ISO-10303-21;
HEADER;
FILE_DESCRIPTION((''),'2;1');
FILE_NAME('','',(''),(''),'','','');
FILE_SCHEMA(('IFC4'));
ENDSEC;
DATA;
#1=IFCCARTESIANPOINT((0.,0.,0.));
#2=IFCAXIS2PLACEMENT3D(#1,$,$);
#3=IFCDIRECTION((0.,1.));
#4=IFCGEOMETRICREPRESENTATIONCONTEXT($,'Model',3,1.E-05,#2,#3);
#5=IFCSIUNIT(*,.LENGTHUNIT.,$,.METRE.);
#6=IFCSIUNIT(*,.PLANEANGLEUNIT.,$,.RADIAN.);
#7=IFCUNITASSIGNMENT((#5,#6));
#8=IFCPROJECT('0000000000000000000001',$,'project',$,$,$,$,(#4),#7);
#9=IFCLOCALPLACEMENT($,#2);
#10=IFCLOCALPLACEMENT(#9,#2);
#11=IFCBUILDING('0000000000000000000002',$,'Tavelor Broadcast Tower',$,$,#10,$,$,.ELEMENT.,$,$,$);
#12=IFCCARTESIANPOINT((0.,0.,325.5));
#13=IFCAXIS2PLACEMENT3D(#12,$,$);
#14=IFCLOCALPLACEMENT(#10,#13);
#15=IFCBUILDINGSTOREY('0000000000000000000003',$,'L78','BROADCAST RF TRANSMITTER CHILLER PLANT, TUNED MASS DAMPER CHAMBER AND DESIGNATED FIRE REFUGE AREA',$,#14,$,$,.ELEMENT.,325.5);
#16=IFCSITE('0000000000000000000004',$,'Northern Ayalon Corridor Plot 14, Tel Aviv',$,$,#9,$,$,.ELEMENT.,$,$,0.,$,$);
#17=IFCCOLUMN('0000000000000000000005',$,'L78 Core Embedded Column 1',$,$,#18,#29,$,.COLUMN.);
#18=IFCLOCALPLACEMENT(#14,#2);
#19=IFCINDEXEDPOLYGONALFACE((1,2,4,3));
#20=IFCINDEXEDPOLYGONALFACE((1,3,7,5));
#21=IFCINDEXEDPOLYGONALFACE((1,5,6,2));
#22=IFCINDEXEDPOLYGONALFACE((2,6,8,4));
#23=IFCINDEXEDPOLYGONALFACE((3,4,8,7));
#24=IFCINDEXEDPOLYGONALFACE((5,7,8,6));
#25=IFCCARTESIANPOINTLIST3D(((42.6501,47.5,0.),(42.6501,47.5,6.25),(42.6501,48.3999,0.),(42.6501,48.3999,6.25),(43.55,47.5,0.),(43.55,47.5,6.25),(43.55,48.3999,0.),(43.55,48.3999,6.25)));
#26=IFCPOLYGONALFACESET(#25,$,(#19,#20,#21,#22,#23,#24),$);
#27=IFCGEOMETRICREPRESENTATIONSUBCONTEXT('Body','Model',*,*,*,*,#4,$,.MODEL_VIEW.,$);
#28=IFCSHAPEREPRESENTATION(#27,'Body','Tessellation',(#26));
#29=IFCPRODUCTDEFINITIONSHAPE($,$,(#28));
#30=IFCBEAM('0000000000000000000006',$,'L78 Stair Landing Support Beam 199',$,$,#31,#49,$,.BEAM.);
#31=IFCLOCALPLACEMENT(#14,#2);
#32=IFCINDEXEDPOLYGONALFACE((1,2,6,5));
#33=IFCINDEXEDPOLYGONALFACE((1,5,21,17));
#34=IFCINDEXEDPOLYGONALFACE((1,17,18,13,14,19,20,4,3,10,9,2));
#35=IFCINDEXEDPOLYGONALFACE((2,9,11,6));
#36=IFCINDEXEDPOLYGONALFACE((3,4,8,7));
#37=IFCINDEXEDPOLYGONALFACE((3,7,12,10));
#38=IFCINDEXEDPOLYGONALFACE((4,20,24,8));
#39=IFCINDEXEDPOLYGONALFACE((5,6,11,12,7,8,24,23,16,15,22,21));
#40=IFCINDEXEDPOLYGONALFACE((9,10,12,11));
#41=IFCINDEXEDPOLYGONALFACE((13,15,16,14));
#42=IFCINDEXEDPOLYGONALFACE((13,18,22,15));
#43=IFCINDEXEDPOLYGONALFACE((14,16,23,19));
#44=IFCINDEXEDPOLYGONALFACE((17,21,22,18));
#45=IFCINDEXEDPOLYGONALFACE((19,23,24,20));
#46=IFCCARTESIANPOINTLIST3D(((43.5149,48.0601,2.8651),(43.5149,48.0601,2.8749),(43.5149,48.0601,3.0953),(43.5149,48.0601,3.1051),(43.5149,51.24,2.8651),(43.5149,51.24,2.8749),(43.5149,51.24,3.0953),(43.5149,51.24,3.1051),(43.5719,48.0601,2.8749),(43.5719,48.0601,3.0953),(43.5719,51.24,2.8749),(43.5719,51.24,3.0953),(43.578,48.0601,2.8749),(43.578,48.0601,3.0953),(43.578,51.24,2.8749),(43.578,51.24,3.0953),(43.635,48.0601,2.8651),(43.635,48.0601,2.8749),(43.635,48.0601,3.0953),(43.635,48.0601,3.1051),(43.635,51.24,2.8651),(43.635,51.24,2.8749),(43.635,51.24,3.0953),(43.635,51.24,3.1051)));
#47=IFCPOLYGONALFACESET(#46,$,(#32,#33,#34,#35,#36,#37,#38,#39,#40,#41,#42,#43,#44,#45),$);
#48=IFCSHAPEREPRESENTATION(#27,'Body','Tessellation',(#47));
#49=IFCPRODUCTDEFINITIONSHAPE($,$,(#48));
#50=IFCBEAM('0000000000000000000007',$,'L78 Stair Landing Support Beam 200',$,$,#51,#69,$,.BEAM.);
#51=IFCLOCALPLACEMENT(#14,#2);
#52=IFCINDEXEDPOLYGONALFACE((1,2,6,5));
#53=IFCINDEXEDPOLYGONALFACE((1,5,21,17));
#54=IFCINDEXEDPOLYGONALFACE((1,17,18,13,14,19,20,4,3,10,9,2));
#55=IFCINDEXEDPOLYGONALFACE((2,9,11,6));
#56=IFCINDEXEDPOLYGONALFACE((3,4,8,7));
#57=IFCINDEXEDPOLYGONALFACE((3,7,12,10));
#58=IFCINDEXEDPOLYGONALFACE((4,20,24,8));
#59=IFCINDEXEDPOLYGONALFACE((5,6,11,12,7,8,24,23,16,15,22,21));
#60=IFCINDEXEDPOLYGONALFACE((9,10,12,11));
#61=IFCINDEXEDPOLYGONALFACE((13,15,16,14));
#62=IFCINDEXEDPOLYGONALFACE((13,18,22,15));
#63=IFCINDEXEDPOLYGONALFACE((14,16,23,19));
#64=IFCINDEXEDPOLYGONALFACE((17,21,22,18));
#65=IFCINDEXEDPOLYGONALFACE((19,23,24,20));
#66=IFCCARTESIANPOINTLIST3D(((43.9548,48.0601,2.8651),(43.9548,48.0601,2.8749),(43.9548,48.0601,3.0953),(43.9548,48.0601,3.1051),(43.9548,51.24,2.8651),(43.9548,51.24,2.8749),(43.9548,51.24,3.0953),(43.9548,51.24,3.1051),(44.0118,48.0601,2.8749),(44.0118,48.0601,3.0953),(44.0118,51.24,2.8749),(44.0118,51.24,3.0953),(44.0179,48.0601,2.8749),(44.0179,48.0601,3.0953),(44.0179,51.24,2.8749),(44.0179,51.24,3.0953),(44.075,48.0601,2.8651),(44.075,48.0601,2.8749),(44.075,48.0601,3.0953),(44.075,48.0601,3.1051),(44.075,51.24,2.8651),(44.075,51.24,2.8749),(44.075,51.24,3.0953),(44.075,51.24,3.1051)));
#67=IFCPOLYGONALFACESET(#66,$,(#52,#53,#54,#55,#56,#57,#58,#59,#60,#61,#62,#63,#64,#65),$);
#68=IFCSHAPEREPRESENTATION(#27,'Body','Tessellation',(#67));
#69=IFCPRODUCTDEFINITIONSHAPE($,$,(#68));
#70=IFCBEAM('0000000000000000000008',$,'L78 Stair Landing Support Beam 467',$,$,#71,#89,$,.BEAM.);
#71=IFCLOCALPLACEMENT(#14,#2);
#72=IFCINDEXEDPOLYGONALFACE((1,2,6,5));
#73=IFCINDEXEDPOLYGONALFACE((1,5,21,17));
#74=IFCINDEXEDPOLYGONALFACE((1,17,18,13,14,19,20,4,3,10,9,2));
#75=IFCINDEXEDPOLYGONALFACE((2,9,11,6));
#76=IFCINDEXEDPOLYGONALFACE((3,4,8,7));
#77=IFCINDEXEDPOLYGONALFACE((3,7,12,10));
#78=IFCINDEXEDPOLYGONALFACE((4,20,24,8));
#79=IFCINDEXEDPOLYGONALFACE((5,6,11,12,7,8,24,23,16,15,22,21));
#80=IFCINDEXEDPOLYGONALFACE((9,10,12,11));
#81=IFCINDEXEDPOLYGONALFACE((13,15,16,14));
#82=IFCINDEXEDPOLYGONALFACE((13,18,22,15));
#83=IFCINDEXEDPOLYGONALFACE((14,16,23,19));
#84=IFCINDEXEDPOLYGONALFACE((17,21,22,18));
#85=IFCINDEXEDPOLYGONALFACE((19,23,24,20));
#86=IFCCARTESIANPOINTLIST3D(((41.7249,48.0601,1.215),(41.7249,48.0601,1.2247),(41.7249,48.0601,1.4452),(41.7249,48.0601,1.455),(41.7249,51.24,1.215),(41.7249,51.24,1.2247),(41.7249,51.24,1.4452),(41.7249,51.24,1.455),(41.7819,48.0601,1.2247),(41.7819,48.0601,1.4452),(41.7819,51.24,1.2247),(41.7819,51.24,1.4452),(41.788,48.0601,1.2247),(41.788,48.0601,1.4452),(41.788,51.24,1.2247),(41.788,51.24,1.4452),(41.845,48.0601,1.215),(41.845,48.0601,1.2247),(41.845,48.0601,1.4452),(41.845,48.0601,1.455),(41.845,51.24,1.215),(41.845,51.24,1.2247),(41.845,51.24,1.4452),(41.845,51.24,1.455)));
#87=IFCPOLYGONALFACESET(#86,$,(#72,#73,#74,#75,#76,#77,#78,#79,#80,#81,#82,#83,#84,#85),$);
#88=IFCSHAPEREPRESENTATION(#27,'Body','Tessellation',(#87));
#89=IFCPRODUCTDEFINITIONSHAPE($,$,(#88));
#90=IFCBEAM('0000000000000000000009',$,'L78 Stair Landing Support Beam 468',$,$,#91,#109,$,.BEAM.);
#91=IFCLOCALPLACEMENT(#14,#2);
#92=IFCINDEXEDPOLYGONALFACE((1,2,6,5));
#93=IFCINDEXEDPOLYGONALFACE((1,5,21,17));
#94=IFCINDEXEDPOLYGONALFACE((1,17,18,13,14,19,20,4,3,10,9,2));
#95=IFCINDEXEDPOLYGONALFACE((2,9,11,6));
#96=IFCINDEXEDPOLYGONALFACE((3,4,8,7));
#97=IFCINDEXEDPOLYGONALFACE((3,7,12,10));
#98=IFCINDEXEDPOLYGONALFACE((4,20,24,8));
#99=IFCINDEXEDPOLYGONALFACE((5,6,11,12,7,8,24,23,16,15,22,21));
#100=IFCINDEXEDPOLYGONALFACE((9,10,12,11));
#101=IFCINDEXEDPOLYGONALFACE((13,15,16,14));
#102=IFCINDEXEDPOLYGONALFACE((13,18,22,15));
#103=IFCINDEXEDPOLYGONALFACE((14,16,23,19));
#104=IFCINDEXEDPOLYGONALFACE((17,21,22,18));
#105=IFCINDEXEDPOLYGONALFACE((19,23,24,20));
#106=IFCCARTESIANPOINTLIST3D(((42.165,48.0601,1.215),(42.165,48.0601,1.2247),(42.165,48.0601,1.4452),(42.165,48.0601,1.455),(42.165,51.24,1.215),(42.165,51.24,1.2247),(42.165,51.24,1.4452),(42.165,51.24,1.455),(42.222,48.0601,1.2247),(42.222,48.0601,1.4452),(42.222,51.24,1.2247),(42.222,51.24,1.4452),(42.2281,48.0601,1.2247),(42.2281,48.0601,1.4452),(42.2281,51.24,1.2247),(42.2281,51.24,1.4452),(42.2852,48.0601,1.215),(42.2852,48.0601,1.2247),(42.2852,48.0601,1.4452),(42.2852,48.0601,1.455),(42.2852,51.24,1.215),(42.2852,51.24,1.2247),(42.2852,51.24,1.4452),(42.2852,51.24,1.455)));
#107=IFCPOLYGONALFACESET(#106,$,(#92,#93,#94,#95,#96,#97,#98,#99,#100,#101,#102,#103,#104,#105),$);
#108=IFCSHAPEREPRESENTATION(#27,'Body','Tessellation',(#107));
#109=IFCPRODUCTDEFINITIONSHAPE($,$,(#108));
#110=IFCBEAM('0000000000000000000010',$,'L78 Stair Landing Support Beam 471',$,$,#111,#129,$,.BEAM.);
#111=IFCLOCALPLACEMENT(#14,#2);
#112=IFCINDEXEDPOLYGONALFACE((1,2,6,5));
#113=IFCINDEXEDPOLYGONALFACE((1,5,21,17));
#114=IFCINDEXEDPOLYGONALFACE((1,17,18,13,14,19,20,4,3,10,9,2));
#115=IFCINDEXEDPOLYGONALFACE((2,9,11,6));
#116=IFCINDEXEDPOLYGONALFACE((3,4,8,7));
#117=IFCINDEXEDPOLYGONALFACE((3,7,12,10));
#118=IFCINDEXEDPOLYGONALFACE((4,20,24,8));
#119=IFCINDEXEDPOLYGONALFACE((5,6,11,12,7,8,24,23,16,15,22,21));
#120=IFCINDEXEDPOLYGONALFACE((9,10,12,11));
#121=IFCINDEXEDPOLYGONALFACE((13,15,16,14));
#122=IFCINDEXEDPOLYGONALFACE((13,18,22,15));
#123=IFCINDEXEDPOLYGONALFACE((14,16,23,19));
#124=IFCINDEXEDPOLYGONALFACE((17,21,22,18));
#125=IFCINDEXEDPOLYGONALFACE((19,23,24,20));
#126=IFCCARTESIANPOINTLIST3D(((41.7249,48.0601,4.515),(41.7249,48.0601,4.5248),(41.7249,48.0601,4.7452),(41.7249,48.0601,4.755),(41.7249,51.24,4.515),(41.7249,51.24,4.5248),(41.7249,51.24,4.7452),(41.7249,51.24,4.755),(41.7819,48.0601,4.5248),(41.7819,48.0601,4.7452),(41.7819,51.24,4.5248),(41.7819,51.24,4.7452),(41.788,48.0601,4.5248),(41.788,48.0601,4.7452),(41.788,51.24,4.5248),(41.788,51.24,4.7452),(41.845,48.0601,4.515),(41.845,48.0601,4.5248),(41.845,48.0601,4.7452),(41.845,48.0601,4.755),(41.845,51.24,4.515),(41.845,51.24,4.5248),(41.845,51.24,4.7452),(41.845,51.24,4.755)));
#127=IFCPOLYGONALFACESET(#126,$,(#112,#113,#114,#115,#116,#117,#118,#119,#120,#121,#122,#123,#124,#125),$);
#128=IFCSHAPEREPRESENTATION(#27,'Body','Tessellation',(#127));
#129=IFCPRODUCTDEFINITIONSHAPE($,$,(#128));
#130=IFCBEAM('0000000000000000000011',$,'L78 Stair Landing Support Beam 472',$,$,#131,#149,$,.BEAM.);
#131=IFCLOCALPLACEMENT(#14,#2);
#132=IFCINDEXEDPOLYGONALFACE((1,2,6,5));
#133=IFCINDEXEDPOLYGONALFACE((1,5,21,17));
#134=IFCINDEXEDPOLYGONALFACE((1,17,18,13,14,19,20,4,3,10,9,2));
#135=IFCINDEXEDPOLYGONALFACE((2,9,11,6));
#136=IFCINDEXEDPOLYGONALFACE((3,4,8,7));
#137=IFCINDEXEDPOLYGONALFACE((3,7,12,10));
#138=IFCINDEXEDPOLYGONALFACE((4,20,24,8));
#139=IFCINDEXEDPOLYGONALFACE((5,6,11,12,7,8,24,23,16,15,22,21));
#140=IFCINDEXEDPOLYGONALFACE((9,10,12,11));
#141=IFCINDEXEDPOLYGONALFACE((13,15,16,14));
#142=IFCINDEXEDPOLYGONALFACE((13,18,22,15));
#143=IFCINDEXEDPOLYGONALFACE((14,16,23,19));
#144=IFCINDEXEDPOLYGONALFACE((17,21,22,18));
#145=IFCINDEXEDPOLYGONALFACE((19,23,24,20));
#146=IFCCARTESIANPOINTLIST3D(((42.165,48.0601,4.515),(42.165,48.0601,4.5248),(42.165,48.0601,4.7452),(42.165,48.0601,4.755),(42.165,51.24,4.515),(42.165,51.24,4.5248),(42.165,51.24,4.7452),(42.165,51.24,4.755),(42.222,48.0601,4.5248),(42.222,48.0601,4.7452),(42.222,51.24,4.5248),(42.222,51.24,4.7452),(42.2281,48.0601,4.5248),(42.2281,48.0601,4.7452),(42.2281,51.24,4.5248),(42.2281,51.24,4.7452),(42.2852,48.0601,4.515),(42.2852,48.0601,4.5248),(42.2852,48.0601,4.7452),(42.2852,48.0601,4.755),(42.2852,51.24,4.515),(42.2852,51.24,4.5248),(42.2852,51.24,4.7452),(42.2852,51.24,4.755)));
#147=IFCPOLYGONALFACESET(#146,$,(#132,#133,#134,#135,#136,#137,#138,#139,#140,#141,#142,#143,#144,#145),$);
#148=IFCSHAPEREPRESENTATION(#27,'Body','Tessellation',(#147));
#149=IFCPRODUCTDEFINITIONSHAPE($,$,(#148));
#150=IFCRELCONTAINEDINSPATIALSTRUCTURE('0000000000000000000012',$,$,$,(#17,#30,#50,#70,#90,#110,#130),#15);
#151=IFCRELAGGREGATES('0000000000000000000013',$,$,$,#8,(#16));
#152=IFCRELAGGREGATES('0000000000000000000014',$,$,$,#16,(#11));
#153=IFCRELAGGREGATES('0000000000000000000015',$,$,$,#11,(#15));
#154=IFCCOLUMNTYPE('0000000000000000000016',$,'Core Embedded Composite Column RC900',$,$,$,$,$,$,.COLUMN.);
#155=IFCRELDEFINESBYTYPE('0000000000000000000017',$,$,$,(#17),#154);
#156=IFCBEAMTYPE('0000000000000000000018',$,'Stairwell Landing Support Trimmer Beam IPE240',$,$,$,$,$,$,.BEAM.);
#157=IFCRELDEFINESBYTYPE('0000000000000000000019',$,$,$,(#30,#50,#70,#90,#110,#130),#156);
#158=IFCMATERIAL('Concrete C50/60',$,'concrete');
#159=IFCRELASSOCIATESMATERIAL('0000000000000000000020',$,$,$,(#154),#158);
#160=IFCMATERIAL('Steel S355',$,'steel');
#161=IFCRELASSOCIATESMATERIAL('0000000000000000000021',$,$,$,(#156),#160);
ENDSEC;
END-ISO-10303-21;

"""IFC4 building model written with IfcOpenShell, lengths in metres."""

from ifc_helpers import new_model, si_unit, direction, frame, origin, origin_2d, place, context, subcontext, project, spatial, rectangle, i_section, extrude, material, material_profile, profile_set, type_object, element, save


model = new_model("IFC4")

# Units and contexts
model_context = context("Model", 3, precision=1e-05, world=origin(), true_north=direction((0.0, 1.0)))
body_context = subcontext(model_context, "Body", "Model", "MODEL_VIEW")
ifc_project = project(units=[si_unit("LENGTHUNIT", "METRE"), si_unit("PLANEANGLEUNIT", "RADIAN")], contexts=[model_context])

# Site, building, storey
site_placement = place(None, origin())
site = spatial("IfcSite", under=ifc_project, at=site_placement, Name="Northern Ayalon Corridor Plot 14, Tel Aviv", CompositionType="ELEMENT", RefElevation=0.0)
building_placement = place(site_placement, origin())
building = spatial("IfcBuilding", under=site, at=building_placement, Name="Tavelor Broadcast Tower", CompositionType="ELEMENT")
storey_placement = place(building_placement, frame((0.0, 0.0, 325.5)))
storey = spatial("IfcBuildingStorey", under=building, at=storey_placement, Name="L78", Description="BROADCAST RF TRANSMITTER CHILLER PLANT, TUNED MASS DAMPER CHAMBER AND DESIGNATED FIRE REFUGE AREA", CompositionType="ELEMENT", Elevation=325.5)

# Column
ifc_material_1 = material(Name="Concrete C50/60", Category="concrete")
ifc_material_profile_1 = material_profile(ifc_material_1, rectangle(XDim=0.8999, YDim=0.8999, at=origin_2d()), Name="RC 900x900")
ifc_profile_set_1 = profile_set([ifc_material_profile_1], Name="Concrete C50/60")
column_type = type_object("IfcColumnType", Name="Core Embedded Composite Column RC900", PredefinedType="COLUMN", material=ifc_profile_set_1)
column_placement = place(storey_placement, frame((43.1001, 47.95, 0.0), z_axis=(0.0, 0.0, 1.0), x_axis=(1.0, 0.0, 0.0)))
element("IfcColumn", 1, at=column_placement, inside=storey, type_object=column_type, Name="L78 Core Embedded Column 1", PredefinedType="COLUMN", context=body_context, shape_type="SweptSolid", body=[
    extrude(rectangle(XDim=0.8999, YDim=0.8999, at=origin_2d()), origin(), (0.0, 0.0, 1.0), 6.25),
])

# Beams
ifc_material_2 = material(Name="Steel S355", Category="steel")
ifc_material_profile_2 = material_profile(ifc_material_2, i_section(OverallWidth=0.1201, OverallDepth=0.24, WebThickness=0.0061, FlangeThickness=0.0098, at=origin_2d()), Name="IPE 240")
ifc_profile_set_2 = profile_set([ifc_material_profile_2], Name="Steel S355")
beam_type = type_object("IfcBeamType", Name="Stairwell Landing Support Trimmer Beam IPE240", PredefinedType="BEAM", material=ifc_profile_set_2)
for number, where, z_axis, x_axis, name in (
    (2, (43.575, 48.0601, 2.9851), (0.0, 1.0, 0.0), (-1.0, 0.0, 0.0), "L78 Stair Landing Support Beam 199"),
    (3, (44.0149, 48.0601, 2.9851), (0.0, 1.0, 0.0), (-1.0, 0.0, 0.0), "L78 Stair Landing Support Beam 200"),
    (4, (41.7849, 48.0601, 1.335), (0.0, 1.0, 0.0), (-1.0, 0.0, 0.0), "L78 Stair Landing Support Beam 467"),
    (5, (42.2251, 48.0601, 1.335), (0.0, 1.0, 0.0), (-1.0, 0.0, 0.0), "L78 Stair Landing Support Beam 468"),
    (6, (41.7849, 48.0601, 4.635), (0.0, 1.0, 0.0), (-1.0, 0.0, 0.0), "L78 Stair Landing Support Beam 471"),
    (7, (42.2251, 48.0601, 4.635), (0.0, 1.0, 0.0), (-1.0, 0.0, 0.0), "L78 Stair Landing Support Beam 472"),
):
    element("IfcBeam", number, at=place(storey_placement, frame(where, z_axis=z_axis, x_axis=x_axis)), inside=storey, type_object=beam_type, Name=name, PredefinedType="BEAM", context=body_context, shape_type="SweptSolid", body=[
        extrude(i_section(OverallWidth=0.1201, OverallDepth=0.24, WebThickness=0.0061, FlangeThickness=0.0098, at=origin_2d()), origin(), (0.0, 0.0, 1.0), 3.1799),
    ])

save(model, "model.ifc")
